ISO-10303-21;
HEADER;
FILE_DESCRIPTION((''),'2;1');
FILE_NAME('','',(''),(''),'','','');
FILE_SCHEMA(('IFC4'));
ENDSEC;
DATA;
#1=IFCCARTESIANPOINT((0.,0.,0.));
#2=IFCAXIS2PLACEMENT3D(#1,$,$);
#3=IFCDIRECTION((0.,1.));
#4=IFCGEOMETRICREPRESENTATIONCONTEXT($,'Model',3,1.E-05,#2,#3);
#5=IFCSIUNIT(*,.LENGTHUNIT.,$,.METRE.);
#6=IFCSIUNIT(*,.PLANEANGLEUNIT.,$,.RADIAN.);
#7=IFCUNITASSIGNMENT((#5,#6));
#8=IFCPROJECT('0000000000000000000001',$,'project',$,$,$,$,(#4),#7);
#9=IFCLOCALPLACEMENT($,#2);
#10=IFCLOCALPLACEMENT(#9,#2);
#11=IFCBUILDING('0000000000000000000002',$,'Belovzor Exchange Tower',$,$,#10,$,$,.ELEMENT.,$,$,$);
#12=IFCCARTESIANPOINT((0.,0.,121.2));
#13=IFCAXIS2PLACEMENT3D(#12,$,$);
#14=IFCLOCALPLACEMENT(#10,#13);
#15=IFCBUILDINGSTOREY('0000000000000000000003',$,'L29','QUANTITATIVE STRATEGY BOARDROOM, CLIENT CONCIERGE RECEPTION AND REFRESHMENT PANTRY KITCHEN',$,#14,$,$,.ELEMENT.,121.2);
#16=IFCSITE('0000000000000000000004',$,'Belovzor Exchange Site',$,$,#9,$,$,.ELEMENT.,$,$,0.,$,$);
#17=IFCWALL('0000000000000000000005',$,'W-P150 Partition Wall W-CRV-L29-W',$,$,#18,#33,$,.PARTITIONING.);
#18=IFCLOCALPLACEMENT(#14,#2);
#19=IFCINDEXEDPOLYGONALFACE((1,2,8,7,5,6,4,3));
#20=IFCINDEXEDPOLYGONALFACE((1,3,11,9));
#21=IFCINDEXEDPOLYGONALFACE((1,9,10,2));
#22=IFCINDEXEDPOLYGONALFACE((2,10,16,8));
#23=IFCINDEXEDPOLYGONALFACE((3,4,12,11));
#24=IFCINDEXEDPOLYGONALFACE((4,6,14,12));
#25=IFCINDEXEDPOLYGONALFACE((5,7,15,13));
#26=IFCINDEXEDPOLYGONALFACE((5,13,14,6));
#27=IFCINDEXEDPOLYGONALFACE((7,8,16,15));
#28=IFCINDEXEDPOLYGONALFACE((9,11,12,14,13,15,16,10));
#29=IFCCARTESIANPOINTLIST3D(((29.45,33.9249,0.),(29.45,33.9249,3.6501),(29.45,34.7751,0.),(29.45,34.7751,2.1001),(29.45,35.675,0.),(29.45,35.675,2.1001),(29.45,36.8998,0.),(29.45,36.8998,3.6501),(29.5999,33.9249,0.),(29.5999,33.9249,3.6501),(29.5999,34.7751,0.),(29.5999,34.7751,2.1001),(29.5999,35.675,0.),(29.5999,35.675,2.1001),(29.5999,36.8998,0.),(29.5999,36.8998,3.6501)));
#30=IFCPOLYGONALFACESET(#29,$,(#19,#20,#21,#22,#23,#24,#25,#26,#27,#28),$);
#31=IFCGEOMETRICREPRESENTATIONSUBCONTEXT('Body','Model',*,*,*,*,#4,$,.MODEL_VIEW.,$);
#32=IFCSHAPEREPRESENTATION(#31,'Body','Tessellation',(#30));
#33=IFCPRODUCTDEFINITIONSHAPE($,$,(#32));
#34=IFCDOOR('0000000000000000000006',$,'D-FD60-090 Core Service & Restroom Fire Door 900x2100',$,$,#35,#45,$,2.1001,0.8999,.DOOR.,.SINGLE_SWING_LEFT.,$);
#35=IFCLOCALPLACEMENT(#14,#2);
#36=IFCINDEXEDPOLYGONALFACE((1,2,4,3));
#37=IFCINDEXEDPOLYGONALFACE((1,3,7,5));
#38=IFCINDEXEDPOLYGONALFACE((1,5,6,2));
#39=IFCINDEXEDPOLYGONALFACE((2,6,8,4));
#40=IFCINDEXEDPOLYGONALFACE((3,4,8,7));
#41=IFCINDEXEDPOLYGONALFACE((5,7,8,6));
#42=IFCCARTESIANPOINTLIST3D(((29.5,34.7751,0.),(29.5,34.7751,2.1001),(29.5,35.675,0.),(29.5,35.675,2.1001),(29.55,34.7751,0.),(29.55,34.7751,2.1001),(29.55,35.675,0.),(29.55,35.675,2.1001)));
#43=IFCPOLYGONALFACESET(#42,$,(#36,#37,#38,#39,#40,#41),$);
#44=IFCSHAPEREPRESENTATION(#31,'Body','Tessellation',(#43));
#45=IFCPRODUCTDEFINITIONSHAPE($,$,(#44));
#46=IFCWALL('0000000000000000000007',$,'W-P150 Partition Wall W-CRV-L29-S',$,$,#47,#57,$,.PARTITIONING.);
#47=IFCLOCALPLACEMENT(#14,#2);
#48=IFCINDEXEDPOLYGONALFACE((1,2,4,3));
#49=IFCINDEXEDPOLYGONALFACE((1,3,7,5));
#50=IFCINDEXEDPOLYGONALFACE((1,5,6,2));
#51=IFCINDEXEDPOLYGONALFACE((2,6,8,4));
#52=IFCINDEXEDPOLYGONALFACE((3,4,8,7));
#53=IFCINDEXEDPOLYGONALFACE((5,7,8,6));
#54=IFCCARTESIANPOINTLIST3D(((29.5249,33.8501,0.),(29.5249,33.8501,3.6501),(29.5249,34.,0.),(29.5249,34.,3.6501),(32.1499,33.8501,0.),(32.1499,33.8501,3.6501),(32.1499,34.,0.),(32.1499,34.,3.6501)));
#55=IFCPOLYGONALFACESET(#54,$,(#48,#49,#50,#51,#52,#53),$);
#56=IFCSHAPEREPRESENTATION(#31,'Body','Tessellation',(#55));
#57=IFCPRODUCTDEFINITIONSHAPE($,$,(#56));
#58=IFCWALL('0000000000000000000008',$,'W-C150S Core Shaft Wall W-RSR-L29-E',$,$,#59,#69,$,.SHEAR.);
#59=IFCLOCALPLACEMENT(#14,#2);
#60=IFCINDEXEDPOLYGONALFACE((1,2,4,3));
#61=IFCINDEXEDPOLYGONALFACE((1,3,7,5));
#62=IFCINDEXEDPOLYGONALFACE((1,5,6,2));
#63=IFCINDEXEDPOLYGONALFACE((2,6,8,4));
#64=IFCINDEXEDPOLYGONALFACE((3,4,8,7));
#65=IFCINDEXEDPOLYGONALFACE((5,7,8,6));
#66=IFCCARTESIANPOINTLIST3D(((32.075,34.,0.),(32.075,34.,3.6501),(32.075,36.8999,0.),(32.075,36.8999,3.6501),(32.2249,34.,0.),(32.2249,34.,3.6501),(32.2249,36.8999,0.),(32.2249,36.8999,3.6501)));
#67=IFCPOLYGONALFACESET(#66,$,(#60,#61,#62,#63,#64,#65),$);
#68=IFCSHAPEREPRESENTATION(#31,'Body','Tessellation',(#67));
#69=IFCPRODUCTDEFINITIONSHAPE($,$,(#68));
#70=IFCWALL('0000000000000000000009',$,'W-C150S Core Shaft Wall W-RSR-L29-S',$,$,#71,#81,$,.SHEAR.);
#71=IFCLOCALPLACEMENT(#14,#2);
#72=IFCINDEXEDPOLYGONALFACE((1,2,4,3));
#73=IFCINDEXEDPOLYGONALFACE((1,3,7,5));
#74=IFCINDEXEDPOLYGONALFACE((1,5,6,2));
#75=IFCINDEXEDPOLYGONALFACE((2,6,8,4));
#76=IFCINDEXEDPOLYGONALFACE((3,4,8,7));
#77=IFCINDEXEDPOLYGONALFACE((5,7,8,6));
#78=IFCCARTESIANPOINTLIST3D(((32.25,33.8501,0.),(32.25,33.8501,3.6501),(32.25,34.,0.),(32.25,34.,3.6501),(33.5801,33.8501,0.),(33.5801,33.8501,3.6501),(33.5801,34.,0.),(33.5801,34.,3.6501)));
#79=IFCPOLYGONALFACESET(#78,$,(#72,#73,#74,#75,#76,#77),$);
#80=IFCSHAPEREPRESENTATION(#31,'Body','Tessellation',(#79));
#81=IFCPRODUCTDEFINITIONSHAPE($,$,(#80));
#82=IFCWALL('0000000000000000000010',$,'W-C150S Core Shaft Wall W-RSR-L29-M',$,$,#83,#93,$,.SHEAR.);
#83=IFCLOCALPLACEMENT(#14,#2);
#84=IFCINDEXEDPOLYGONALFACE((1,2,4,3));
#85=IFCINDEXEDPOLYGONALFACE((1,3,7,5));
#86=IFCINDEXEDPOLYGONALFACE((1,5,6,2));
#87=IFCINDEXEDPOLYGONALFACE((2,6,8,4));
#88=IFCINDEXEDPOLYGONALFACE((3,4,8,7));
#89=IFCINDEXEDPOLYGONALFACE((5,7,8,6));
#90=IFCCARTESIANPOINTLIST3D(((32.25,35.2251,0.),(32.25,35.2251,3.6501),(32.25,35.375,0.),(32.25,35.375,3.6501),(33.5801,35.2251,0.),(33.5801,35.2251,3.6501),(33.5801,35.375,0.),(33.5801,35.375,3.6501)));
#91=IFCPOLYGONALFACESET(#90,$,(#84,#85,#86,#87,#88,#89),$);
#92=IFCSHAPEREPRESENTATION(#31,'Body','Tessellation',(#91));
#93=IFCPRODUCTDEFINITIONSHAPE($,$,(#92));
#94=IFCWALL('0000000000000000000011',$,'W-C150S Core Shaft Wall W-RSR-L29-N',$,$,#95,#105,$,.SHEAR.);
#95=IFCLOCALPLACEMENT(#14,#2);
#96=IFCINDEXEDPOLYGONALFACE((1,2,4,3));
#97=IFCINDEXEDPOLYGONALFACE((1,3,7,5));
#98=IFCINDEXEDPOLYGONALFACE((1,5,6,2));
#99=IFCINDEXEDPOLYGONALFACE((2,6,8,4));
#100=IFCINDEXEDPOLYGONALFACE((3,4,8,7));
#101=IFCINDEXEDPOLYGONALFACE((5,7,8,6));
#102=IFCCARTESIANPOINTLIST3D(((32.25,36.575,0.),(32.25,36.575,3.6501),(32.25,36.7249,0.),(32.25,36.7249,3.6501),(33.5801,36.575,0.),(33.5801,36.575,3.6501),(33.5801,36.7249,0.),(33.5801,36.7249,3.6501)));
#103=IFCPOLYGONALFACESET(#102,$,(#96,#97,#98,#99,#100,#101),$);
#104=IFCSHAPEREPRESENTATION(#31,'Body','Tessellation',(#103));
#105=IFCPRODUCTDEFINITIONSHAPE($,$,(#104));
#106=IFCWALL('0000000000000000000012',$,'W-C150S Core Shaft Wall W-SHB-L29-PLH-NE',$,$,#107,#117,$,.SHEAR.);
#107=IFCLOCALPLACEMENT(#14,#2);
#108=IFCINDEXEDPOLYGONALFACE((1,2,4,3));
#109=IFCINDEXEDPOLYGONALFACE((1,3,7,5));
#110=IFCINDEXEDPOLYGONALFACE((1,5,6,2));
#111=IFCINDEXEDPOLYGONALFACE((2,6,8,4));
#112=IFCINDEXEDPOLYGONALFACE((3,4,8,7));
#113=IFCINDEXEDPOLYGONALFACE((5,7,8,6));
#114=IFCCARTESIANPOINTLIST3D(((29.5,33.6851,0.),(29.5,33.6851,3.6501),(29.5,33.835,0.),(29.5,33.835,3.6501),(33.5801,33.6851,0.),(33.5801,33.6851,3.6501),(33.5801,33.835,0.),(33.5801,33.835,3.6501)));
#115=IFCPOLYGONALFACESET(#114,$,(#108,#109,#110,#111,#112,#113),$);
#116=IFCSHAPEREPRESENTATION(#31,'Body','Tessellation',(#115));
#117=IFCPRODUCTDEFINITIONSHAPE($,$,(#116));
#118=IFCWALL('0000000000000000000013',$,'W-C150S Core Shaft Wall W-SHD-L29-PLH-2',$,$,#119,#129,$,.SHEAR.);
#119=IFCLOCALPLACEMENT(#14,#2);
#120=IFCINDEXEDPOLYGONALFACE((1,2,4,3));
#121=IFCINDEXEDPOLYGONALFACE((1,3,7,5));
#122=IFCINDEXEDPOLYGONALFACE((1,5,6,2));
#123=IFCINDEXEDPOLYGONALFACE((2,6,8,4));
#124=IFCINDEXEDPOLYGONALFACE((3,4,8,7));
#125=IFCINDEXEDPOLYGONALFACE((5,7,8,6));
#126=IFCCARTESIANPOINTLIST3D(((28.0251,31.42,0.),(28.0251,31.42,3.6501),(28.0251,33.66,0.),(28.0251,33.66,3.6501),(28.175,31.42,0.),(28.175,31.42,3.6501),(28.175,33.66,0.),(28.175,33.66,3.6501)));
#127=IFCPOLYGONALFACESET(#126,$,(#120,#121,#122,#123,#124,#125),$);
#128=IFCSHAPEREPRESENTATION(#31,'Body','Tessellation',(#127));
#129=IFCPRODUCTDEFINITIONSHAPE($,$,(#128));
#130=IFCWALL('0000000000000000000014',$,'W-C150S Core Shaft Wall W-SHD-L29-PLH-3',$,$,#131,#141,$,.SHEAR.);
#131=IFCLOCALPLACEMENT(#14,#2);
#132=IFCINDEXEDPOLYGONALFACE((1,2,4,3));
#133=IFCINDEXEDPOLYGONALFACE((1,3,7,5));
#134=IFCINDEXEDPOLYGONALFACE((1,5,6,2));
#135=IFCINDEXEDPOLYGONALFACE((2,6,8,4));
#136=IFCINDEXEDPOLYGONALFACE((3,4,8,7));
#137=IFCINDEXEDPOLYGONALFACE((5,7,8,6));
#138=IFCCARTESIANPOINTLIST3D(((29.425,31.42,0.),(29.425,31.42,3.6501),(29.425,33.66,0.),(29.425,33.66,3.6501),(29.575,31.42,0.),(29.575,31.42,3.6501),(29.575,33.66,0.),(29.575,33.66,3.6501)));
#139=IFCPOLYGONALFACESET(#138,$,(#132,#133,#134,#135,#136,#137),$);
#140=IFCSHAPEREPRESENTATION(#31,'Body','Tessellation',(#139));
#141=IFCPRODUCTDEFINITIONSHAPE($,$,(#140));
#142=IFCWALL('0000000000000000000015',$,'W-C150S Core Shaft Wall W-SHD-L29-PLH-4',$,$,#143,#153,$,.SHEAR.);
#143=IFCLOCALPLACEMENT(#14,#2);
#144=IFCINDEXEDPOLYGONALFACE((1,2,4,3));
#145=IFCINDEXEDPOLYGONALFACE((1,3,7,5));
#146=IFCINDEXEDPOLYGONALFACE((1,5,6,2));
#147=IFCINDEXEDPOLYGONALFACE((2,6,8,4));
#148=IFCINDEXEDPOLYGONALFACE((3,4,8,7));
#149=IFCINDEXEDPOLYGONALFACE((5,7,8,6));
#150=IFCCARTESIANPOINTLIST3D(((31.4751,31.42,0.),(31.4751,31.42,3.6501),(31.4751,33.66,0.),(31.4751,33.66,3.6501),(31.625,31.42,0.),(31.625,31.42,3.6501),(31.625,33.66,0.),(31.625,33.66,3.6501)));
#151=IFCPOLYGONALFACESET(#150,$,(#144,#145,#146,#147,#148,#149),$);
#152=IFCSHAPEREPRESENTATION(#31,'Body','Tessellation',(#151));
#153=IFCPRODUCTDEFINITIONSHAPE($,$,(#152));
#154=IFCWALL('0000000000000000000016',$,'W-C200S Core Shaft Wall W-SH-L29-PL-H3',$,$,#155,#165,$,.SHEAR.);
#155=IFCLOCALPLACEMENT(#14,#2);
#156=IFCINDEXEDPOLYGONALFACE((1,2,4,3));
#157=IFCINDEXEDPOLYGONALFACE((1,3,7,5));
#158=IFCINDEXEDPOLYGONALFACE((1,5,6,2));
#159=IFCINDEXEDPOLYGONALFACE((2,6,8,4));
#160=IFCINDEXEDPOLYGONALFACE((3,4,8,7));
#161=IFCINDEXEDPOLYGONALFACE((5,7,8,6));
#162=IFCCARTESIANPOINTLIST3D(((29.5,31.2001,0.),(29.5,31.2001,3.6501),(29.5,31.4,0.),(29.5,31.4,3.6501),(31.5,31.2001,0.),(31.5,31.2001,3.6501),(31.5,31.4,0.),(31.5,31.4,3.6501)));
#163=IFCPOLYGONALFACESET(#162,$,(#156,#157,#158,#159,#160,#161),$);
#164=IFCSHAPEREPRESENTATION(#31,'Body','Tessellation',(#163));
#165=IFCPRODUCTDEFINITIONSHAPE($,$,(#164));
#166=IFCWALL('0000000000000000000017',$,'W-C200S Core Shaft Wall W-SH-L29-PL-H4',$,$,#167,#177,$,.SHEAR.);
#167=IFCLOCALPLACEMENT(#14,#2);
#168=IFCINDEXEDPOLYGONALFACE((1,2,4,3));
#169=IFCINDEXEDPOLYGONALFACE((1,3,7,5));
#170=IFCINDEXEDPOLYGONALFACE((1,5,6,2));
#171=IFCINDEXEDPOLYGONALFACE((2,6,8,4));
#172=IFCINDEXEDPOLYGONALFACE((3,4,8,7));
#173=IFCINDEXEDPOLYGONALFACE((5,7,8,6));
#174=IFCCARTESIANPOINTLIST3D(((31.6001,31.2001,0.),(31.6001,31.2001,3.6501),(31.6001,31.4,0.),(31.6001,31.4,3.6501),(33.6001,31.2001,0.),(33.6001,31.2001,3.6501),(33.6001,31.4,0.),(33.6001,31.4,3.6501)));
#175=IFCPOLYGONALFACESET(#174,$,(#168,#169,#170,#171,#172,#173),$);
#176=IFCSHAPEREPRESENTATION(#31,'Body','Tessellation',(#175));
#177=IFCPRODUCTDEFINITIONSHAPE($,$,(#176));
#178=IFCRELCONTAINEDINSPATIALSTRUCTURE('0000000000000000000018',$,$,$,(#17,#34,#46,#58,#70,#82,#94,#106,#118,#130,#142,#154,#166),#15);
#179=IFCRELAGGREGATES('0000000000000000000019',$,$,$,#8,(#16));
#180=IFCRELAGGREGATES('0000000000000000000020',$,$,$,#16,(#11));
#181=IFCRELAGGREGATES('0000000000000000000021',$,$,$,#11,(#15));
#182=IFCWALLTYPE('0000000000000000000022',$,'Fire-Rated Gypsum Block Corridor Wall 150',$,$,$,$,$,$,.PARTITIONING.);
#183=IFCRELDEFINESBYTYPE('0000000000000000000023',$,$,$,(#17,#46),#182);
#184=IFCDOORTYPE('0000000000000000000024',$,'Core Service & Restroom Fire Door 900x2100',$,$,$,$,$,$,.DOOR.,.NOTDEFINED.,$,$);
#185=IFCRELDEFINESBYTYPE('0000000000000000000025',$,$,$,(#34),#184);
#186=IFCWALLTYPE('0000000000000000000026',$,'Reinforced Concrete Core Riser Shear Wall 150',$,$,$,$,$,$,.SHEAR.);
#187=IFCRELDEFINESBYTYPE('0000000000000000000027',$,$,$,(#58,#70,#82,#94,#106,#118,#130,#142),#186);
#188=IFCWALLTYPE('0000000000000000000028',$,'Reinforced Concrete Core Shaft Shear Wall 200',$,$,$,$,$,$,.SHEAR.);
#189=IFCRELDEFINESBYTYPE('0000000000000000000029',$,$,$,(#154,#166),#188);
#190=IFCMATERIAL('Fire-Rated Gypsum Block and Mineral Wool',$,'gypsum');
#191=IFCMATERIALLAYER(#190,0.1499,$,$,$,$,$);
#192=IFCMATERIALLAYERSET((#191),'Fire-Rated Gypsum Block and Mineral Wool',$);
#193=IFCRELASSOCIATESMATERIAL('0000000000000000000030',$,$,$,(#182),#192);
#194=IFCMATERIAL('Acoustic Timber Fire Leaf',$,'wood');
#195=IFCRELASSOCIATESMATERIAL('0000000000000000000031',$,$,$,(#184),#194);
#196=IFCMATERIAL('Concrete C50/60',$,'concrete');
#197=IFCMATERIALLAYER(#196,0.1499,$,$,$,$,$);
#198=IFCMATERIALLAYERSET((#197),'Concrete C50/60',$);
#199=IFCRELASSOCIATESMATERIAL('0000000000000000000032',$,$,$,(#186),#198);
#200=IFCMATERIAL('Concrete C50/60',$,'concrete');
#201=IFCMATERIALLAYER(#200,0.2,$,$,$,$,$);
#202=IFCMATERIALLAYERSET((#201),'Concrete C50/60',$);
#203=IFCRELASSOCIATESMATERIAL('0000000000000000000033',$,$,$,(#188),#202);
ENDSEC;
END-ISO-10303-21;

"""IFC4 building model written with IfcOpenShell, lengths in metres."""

from ifc_helpers import new_model, si_unit, direction, frame, frame_2d, origin, place, context, subcontext, project, spatial, rectangle, extrude, material, layer, layer_set, type_object, element, fill, save


model = new_model("IFC4")

# Units and contexts
model_context = context("Model", 3, precision=1e-05, world=origin(), true_north=direction((0.0, 1.0)))
body_context = subcontext(model_context, "Body", "Model", "MODEL_VIEW")
ifc_project = project(units=[si_unit("LENGTHUNIT", "METRE"), si_unit("PLANEANGLEUNIT", "RADIAN")], contexts=[model_context])

# Site, building, storey
site_placement = place(None, origin())
site = spatial("IfcSite", under=ifc_project, at=site_placement, Name="Belovzor Exchange Site", CompositionType="ELEMENT", RefElevation=0.0)
building_placement = place(site_placement, origin())
building = spatial("IfcBuilding", under=site, at=building_placement, Name="Belovzor Exchange Tower", CompositionType="ELEMENT")
storey_placement = place(building_placement, frame((0.0, 0.0, 121.2)))
storey = spatial("IfcBuildingStorey", under=building, at=storey_placement, Name="L29", Description="QUANTITATIVE STRATEGY BOARDROOM, CLIENT CONCIERGE RECEPTION AND REFRESHMENT PANTRY KITCHEN", CompositionType="ELEMENT", Elevation=121.2)

# Wall, opening, door
ifc_material_1 = material(Name="Fire-Rated Gypsum Block and Mineral Wool", Category="gypsum")
ifc_layer_1 = layer(ifc_material_1, 0.1499)
ifc_layer_set_1 = layer_set([ifc_layer_1], Name="Fire-Rated Gypsum Block and Mineral Wool")
wall_type_1 = type_object("IfcWallType", Name="Fire-Rated Gypsum Block Corridor Wall 150", PredefinedType="PARTITIONING", material=ifc_layer_set_1)
wall_1_placement = place(storey_placement, frame((29.5249, 33.925, 0.0), z_axis=(0.0, 0.0, 1.0), x_axis=(0.0, 1.0, 0.0)))
wall_1 = element("IfcWall", 1, at=wall_1_placement, inside=storey, type_object=wall_type_1, Name="W-P150 Partition Wall W-CRV-L29-W", PredefinedType="PARTITIONING", context=body_context, shape_type="SweptSolid", body=[
    extrude(rectangle(XDim=2.9749, YDim=0.1499, at=frame_2d((1.4873, 0.0))), origin(), (0.0, 0.0, 1.0), 3.6501),
])
opening_placement = place(wall_1_placement, frame((0.8501, 0.0, 0.0)))
opening = element("IfcOpeningElement", 2, at=opening_placement, cuts=wall_1, PredefinedType="OPENING", context=body_context, shape_type="SweptSolid", body=[
    extrude(rectangle(XDim=0.8999, YDim=2.1001, at=frame_2d((0.45, 1.05))), frame((0.0, 0.085, 0.0), z_axis=(0.0, -1.0, 0.0), x_axis=(1.0, 0.0, 0.0)), (0.0, 0.0, 1.0), 0.1699),
])
ifc_material_2 = material(Name="Acoustic Timber Fire Leaf", Category="wood")
door_type = type_object("IfcDoorType", Name="Core Service & Restroom Fire Door 900x2100", OperationType="NOTDEFINED", PredefinedType="DOOR", material=ifc_material_2)
door_placement = place(opening_placement, origin())
door = element("IfcDoor", 3, at=door_placement, inside=storey, type_object=door_type, Name="D-FD60-090 Core Service & Restroom Fire Door 900x2100", OperationType="SINGLE_SWING_LEFT", OverallHeight=2.1001, OverallWidth=0.8999, PredefinedType="DOOR", context=body_context, shape_type="SweptSolid", body=[
    extrude(rectangle(XDim=0.8999, YDim=2.1001, at=frame_2d((0.45, 1.05))), frame((0.0, 0.0249, 0.0), z_axis=(0.0, -1.0, 0.0), x_axis=(1.0, 0.0, 0.0)), (0.0, 0.0, 1.0), 0.05),
])
fill(opening, door)

# Walls
wall_2_placement = place(storey_placement, frame((29.5249, 33.925, 0.0), z_axis=(0.0, 0.0, 1.0), x_axis=(1.0, 0.0, 0.0)))
element("IfcWall", 4, at=wall_2_placement, inside=storey, type_object=wall_type_1, Name="W-P150 Partition Wall W-CRV-L29-S", PredefinedType="PARTITIONING", context=body_context, shape_type="SweptSolid", body=[
    extrude(rectangle(XDim=2.625, YDim=0.1499, at=frame_2d((1.3125, 0.0))), origin(), (0.0, 0.0, 1.0), 3.6501),
])
ifc_material_3 = material(Name="Concrete C50/60", Category="concrete")
ifc_layer_2 = layer(ifc_material_3, 0.1499)
ifc_layer_set_2 = layer_set([ifc_layer_2], Name="Concrete C50/60")
wall_type_2 = type_object("IfcWallType", Name="Reinforced Concrete Core Riser Shear Wall 150", PredefinedType="SHEAR", material=ifc_layer_set_2)
wall_3_placement = place(storey_placement, frame((32.1499, 34.0, 0.0), z_axis=(0.0, 0.0, 1.0), x_axis=(0.0, 1.0, 0.0)))
element("IfcWall", 5, at=wall_3_placement, inside=storey, type_object=wall_type_2, Name="W-C150S Core Shaft Wall W-RSR-L29-E", PredefinedType="SHEAR", context=body_context, shape_type="SweptSolid", body=[
    extrude(rectangle(XDim=2.8999, YDim=0.1499, at=frame_2d((1.45, 0.0))), origin(), (0.0, 0.0, 1.0), 3.6501),
])
for number, where, z_axis, x_axis, name in (
    (6, (32.25, 33.925, 0.0), (0.0, 0.0, 1.0), (1.0, 0.0, 0.0), "W-C150S Core Shaft Wall W-RSR-L29-S"),
    (7, (32.25, 35.3, 0.0), (0.0, 0.0, 1.0), (1.0, 0.0, 0.0), "W-C150S Core Shaft Wall W-RSR-L29-M"),
    (8, (32.25, 36.6499, 0.0), (0.0, 0.0, 1.0), (1.0, 0.0, 0.0), "W-C150S Core Shaft Wall W-RSR-L29-N"),
):
    element("IfcWall", number, at=place(storey_placement, frame(where, z_axis=z_axis, x_axis=x_axis)), inside=storey, type_object=wall_type_2, Name=name, PredefinedType="SHEAR", context=body_context, shape_type="SweptSolid", body=[
        extrude(rectangle(XDim=1.3301, YDim=0.1499, at=frame_2d((0.665, 0.0))), origin(), (0.0, 0.0, 1.0), 3.6501),
    ])
wall_4_placement = place(storey_placement, frame((29.5, 33.76, 0.0), z_axis=(0.0, 0.0, 1.0), x_axis=(1.0, 0.0, 0.0)))
element("IfcWall", 9, at=wall_4_placement, inside=storey, type_object=wall_type_2, Name="W-C150S Core Shaft Wall W-SHB-L29-PLH-NE", PredefinedType="SHEAR", context=body_context, shape_type="SweptSolid", body=[
    extrude(rectangle(XDim=4.0801, YDim=0.1499, at=frame_2d((2.04, 0.0))), origin(), (0.0, 0.0, 1.0), 3.6501),
])
for number, where, z_axis, x_axis, name in (
    (10, (28.1001, 31.4199, 0.0), (0.0, 0.0, 1.0), (0.0, 1.0, 0.0), "W-C150S Core Shaft Wall W-SHD-L29-PLH-2"),
    (11, (29.5, 31.4199, 0.0), (0.0, 0.0, 1.0), (0.0, 1.0, 0.0), "W-C150S Core Shaft Wall W-SHD-L29-PLH-3"),
    (12, (31.55, 31.4199, 0.0), (0.0, 0.0, 1.0), (0.0, 1.0, 0.0), "W-C150S Core Shaft Wall W-SHD-L29-PLH-4"),
):
    element("IfcWall", number, at=place(storey_placement, frame(where, z_axis=z_axis, x_axis=x_axis)), inside=storey, type_object=wall_type_2, Name=name, PredefinedType="SHEAR", context=body_context, shape_type="SweptSolid", body=[
        extrude(rectangle(XDim=2.24, YDim=0.1499, at=frame_2d((1.1201, 0.0))), origin(), (0.0, 0.0, 1.0), 3.6501),
    ])
ifc_material_4 = material(Name="Concrete C50/60", Category="concrete")
ifc_layer_3 = layer(ifc_material_4, 0.2)
ifc_layer_set_3 = layer_set([ifc_layer_3], Name="Concrete C50/60")
wall_type_3 = type_object("IfcWallType", Name="Reinforced Concrete Core Shaft Shear Wall 200", PredefinedType="SHEAR", material=ifc_layer_set_3)
for number, where, z_axis, x_axis, name in (
    (13, (29.5, 31.3, 0.0), (0.0, 0.0, 1.0), (1.0, 0.0, 0.0), "W-C200S Core Shaft Wall W-SH-L29-PL-H3"),
    (14, (31.6001, 31.3, 0.0), (0.0, 0.0, 1.0), (1.0, 0.0, 0.0), "W-C200S Core Shaft Wall W-SH-L29-PL-H4"),
):
    element("IfcWall", number, at=place(storey_placement, frame(where, z_axis=z_axis, x_axis=x_axis)), inside=storey, type_object=wall_type_3, Name=name, PredefinedType="SHEAR", context=body_context, shape_type="SweptSolid", body=[
        extrude(rectangle(XDim=2.0, YDim=0.2, at=frame_2d((1.0, 0.0))), origin(), (0.0, 0.0, 1.0), 3.6501),
    ])

save(model, "model.ifc")
